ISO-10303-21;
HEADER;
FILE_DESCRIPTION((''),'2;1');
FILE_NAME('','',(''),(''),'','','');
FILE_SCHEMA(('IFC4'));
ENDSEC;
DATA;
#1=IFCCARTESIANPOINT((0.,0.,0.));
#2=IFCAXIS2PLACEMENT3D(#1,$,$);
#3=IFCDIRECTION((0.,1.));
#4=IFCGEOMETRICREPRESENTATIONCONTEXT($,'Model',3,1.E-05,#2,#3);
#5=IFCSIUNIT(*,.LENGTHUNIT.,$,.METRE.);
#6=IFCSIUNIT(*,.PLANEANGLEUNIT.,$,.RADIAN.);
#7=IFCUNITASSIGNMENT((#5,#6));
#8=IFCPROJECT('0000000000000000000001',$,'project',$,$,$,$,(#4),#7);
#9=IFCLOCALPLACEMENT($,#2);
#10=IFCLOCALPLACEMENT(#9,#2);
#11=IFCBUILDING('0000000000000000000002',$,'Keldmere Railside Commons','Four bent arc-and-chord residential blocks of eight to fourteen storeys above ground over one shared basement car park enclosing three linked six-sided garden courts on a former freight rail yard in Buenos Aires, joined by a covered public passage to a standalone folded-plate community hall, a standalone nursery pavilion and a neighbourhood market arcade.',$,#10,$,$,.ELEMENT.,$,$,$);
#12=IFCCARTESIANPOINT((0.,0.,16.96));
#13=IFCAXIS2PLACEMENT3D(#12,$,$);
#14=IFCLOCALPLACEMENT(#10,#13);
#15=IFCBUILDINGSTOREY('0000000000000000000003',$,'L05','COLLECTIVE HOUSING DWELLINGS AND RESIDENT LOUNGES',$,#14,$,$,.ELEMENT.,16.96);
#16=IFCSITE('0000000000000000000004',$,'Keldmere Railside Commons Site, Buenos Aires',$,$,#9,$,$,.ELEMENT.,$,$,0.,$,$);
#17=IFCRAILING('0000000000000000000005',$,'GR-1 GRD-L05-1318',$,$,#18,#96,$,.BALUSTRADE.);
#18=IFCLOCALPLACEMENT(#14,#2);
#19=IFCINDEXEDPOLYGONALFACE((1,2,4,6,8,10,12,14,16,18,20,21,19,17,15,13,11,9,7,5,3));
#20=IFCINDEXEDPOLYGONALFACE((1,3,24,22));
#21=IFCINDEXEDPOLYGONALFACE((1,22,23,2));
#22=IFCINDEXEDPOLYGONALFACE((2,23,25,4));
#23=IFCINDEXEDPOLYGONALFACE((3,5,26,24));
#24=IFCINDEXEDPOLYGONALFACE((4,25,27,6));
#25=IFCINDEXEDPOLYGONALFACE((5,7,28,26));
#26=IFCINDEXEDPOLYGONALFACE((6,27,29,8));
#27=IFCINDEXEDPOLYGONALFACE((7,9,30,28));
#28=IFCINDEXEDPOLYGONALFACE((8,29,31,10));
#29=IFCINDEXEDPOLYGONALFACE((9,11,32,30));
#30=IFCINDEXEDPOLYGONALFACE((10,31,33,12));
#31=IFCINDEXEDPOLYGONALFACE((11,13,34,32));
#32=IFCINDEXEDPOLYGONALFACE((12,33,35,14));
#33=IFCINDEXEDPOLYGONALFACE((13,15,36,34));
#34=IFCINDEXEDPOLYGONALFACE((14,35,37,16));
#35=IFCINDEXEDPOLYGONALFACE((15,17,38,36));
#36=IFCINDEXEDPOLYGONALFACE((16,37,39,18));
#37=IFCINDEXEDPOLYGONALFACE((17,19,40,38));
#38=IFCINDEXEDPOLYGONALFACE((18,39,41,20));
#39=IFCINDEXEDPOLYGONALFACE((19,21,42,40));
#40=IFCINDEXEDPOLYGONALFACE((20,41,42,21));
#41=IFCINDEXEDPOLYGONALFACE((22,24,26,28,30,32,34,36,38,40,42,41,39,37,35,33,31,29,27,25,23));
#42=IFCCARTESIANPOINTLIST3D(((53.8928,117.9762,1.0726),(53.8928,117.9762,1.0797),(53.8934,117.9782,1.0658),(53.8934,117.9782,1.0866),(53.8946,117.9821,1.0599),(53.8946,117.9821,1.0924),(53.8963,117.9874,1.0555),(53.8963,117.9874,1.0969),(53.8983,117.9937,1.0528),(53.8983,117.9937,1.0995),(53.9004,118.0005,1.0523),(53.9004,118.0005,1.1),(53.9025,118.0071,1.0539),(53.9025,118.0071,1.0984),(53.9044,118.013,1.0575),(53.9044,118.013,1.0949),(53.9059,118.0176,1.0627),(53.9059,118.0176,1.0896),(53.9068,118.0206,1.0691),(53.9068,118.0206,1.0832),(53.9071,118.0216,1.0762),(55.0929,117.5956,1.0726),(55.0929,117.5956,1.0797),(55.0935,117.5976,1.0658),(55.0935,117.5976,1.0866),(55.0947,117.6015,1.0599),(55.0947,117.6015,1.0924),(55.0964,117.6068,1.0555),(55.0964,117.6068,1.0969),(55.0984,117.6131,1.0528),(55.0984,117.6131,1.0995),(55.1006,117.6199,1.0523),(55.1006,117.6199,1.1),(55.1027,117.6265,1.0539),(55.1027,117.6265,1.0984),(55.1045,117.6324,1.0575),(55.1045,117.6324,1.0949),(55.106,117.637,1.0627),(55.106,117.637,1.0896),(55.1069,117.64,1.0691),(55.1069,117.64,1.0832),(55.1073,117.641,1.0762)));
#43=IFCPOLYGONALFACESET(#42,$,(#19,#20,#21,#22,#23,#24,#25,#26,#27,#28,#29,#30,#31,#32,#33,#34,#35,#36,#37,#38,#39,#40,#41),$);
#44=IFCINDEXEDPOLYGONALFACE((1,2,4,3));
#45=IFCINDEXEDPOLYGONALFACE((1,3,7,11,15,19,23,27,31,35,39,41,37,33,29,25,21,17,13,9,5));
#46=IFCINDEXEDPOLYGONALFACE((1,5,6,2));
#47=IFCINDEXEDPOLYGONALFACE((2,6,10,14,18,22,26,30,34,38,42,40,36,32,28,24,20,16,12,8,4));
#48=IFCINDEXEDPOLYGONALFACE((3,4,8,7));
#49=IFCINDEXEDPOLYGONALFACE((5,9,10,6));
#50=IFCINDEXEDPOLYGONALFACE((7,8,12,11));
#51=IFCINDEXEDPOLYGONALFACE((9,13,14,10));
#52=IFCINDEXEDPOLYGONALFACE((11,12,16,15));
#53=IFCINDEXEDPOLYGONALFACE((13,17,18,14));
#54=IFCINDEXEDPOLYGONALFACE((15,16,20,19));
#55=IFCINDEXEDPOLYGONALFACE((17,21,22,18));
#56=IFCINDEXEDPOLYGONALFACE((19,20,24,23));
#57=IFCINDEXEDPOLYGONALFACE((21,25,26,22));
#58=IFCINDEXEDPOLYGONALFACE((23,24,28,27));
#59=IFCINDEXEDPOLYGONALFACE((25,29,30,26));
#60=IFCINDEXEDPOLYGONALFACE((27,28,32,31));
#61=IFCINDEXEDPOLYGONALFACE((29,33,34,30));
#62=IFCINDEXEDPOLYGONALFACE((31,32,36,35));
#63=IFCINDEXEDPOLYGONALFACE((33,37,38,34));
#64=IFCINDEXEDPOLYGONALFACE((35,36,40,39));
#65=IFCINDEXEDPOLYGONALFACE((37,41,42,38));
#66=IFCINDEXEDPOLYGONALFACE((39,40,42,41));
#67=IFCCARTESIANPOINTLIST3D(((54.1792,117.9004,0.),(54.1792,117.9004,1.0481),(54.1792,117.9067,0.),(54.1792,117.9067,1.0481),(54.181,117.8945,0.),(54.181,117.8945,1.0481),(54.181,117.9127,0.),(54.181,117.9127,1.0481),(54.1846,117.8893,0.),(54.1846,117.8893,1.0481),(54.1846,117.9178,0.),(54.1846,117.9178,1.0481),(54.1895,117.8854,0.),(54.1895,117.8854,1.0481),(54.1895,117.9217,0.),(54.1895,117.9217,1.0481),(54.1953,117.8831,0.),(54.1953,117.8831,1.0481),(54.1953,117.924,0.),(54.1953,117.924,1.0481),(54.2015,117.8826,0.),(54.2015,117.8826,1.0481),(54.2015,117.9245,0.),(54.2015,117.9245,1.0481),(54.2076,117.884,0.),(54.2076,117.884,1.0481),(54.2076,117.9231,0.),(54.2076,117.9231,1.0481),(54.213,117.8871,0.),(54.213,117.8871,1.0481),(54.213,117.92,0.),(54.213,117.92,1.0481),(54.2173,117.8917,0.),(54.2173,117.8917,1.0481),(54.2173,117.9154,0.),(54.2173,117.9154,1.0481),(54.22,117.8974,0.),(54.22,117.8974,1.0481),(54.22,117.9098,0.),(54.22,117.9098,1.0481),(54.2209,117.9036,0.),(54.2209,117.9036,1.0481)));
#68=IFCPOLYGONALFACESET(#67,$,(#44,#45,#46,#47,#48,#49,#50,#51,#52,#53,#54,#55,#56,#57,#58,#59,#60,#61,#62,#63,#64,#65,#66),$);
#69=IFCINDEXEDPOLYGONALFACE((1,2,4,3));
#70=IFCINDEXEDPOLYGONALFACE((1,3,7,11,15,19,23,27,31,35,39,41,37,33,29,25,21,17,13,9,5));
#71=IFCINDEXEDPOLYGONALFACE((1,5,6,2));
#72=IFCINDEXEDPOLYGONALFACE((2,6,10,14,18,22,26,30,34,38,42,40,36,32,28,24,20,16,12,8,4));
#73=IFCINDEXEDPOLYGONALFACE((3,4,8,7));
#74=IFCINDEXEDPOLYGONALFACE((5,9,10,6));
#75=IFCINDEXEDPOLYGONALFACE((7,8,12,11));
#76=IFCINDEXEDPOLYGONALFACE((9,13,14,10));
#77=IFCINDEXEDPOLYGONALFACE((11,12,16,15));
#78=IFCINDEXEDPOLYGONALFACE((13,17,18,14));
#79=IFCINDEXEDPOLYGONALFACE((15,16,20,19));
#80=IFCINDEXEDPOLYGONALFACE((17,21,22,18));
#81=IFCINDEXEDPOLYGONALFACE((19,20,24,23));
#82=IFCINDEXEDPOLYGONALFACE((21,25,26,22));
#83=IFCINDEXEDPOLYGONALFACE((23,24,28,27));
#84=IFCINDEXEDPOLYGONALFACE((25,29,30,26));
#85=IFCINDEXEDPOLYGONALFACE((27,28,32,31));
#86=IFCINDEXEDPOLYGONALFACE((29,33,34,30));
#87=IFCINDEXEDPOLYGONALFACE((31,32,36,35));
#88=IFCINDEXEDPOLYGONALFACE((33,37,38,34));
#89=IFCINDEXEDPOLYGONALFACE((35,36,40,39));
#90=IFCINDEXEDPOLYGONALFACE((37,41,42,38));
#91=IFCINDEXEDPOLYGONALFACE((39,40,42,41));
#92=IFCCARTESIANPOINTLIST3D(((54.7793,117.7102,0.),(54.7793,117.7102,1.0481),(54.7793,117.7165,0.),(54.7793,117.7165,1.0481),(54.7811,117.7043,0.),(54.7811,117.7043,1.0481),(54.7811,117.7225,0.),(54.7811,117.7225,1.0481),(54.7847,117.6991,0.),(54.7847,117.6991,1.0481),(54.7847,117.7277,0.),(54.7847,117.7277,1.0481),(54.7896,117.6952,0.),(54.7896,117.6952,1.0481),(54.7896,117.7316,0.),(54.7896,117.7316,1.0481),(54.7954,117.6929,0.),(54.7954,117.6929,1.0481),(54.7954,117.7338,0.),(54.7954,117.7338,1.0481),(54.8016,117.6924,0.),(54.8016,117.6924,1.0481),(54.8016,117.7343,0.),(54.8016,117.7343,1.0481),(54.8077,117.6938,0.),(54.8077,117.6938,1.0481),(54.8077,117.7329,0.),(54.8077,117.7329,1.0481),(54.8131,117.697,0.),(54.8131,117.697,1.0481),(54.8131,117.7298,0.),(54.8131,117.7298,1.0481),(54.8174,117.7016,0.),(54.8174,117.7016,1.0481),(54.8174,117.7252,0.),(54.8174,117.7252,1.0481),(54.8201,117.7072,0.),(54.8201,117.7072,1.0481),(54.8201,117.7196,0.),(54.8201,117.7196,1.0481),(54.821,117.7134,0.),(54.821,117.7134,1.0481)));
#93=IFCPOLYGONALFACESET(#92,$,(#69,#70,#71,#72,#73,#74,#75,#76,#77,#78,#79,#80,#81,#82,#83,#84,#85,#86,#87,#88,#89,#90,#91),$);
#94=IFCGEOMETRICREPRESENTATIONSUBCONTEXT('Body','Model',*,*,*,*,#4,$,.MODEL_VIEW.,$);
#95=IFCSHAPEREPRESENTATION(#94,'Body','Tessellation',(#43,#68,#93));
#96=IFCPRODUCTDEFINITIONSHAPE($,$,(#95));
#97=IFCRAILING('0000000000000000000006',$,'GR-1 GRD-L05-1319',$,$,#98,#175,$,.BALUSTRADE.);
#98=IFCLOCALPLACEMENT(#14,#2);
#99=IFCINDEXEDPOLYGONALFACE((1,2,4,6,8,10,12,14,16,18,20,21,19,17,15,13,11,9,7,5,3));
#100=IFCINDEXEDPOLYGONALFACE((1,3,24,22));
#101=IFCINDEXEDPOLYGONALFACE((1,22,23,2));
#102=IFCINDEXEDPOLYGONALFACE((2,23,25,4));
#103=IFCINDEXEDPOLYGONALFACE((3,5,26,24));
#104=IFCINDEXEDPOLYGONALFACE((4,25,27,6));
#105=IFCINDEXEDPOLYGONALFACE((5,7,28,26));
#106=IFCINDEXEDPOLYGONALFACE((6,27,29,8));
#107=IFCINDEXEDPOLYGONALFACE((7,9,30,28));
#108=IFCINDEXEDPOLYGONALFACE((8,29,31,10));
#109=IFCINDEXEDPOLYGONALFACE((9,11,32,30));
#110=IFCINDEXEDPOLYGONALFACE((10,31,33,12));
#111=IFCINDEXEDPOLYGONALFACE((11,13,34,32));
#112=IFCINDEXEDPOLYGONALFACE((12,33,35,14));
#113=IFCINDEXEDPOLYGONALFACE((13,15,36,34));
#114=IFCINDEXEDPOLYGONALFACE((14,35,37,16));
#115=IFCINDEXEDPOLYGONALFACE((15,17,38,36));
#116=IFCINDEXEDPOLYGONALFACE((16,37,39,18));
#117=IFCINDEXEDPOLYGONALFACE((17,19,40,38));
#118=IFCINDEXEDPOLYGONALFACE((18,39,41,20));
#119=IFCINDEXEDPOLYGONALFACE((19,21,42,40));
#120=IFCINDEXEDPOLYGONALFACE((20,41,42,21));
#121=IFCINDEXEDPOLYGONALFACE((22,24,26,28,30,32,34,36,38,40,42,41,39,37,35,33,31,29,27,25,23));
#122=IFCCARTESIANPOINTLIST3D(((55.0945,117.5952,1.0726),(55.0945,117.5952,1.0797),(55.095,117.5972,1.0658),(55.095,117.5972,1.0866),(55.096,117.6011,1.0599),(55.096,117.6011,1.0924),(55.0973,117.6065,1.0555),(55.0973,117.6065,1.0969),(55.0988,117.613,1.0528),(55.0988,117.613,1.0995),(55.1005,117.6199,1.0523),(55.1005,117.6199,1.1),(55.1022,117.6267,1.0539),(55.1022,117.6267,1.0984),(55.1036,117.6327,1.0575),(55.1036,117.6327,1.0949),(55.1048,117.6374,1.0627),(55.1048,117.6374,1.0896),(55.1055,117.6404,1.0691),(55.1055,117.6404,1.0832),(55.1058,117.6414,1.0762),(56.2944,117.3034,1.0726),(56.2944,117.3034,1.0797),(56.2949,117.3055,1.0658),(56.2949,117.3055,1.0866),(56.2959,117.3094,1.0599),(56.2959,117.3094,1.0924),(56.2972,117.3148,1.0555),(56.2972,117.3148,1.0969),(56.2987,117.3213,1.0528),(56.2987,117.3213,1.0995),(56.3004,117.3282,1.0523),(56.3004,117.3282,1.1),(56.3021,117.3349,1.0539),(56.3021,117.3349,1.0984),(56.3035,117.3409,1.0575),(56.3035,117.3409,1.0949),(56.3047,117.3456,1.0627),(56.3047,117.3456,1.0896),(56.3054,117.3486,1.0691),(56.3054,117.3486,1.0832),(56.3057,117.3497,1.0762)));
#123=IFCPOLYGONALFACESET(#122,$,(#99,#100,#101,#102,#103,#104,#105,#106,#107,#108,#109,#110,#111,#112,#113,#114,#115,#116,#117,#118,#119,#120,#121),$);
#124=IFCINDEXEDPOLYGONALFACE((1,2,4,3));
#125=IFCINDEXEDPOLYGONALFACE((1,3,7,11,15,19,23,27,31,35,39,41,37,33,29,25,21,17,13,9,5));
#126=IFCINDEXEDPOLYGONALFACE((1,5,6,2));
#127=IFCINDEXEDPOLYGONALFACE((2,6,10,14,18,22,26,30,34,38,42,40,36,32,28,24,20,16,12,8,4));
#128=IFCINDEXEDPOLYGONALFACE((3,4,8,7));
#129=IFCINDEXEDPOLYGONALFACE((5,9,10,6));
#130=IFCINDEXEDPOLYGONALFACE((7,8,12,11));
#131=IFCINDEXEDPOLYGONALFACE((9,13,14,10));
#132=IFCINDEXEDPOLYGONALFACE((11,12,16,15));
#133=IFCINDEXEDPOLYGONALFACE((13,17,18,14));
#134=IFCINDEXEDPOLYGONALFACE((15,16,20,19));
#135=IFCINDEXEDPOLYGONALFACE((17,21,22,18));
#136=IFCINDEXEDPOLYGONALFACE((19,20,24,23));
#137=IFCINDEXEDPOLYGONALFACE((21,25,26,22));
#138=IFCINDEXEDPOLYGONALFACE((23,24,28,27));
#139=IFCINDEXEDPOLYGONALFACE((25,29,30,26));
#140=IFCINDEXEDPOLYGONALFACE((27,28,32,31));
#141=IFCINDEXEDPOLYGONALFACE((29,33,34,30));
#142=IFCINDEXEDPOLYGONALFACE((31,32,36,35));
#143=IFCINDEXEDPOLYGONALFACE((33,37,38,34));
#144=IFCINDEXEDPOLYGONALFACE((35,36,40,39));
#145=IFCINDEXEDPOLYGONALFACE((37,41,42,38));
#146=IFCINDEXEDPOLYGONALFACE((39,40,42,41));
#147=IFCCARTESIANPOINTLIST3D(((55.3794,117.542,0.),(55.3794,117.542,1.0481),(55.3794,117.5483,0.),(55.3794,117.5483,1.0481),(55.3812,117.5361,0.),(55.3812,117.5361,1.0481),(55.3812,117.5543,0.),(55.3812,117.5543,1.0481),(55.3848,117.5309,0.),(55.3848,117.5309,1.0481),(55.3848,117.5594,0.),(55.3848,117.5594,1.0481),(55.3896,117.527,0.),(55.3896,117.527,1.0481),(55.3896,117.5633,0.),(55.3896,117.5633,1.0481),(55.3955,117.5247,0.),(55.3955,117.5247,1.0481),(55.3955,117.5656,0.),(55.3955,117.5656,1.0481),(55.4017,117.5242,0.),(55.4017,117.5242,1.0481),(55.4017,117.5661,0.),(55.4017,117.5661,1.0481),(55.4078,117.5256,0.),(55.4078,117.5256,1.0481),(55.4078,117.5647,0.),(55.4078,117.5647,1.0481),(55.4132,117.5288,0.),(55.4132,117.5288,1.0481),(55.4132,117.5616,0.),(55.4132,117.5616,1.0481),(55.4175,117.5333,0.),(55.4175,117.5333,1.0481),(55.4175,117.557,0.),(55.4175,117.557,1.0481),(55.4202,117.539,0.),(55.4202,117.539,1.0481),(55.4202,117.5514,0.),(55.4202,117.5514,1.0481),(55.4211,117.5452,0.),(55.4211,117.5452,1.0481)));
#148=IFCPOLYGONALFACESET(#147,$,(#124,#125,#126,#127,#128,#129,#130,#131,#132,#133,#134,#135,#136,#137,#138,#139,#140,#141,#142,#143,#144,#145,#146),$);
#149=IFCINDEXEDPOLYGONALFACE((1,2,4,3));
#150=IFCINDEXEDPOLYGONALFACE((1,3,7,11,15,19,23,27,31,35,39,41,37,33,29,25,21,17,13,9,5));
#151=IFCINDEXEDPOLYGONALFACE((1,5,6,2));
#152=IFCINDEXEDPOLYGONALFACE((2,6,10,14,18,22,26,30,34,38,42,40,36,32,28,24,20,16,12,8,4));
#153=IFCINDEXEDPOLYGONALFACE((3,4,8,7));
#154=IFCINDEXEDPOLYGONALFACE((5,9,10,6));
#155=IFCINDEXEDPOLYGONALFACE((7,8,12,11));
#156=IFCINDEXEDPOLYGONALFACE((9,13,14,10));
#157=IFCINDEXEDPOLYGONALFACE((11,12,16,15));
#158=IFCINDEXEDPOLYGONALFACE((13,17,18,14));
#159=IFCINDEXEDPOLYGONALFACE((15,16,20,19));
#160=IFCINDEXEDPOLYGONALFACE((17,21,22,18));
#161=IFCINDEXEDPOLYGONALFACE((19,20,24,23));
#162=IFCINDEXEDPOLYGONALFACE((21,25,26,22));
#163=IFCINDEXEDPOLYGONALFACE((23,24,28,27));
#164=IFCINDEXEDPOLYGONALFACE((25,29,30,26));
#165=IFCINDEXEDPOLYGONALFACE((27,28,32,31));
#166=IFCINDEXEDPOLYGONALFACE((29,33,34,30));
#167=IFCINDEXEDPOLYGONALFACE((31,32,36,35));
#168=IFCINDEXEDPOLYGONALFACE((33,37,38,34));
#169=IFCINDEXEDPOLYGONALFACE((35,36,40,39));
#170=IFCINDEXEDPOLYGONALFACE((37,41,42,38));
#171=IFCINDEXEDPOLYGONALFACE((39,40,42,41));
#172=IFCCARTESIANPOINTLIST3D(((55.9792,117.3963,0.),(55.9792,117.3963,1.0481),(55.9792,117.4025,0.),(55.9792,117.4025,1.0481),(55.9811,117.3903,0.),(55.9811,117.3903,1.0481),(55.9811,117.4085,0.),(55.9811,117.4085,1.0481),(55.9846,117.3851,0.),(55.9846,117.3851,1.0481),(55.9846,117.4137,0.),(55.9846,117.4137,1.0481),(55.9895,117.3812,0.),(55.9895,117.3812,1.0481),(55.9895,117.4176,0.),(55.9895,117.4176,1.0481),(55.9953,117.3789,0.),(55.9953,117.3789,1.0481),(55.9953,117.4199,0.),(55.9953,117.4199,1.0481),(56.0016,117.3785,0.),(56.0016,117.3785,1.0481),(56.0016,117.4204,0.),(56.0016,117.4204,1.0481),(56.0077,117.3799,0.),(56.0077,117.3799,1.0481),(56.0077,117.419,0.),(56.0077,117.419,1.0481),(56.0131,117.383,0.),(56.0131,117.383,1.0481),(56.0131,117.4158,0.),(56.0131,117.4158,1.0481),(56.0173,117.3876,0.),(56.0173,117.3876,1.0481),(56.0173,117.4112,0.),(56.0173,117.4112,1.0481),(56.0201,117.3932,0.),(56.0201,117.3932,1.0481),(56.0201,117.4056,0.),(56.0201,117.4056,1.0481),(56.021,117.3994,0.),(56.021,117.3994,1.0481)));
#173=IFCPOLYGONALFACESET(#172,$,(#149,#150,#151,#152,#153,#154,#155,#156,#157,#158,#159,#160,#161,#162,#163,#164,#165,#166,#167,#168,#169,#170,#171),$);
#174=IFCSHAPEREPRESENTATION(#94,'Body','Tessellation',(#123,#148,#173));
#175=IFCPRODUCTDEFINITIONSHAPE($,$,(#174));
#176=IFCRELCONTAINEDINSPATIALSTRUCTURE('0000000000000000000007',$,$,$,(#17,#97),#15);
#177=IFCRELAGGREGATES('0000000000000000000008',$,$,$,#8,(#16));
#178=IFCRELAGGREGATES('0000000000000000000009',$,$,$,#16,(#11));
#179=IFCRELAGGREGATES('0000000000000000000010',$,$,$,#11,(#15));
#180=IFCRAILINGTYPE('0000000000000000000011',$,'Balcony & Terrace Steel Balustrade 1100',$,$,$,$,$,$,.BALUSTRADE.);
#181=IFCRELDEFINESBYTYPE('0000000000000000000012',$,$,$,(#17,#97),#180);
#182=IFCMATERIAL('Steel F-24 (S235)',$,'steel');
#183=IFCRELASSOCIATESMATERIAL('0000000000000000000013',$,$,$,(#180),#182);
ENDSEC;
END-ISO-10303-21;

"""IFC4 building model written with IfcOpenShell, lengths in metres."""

from ifc_helpers import new_model, si_unit, direction, frame, origin, origin_2d, place, context, subcontext, project, spatial, circle, extrude, material, type_object, element, save


model = new_model("IFC4")

# Units and contexts
model_context = context("Model", 3, precision=1e-05, world=origin(), true_north=direction((0.0, 1.0)))
body_context = subcontext(model_context, "Body", "Model", "MODEL_VIEW")
ifc_project = project(units=[si_unit("LENGTHUNIT", "METRE"), si_unit("PLANEANGLEUNIT", "RADIAN")], contexts=[model_context])

# Site, building, storey
site_placement = place(None, origin())
site = spatial("IfcSite", under=ifc_project, at=site_placement, Name="Keldmere Railside Commons Site, Buenos Aires", CompositionType="ELEMENT", RefElevation=0.0)
building_placement = place(site_placement, origin())
building = spatial("IfcBuilding", under=site, at=building_placement, Name="Keldmere Railside Commons", Description="Four bent arc-and-chord residential blocks of eight to fourteen storeys above ground over one shared basement car park enclosing three linked six-sided garden courts on a former freight rail yard in Buenos Aires, joined by a covered public passage to a standalone folded-plate community hall, a standalone nursery pavilion and a neighbourhood market arcade.", CompositionType="ELEMENT")
storey_placement = place(building_placement, frame((0.0, 0.0, 16.96)))
storey = spatial("IfcBuildingStorey", under=building, at=storey_placement, Name="L05", Description="COLLECTIVE HOUSING DWELLINGS AND RESIDENT LOUNGES", CompositionType="ELEMENT", Elevation=16.96)

# Shared definitions
ifc_material_1 = material(Name="Steel F-24 (S235)", Category="steel")

# Railings
railing_type = type_object("IfcRailingType", Name="Balcony & Terrace Steel Balustrade 1100", PredefinedType="BALUSTRADE", material=ifc_material_1)
railing_1_placement = place(storey_placement, frame((53.8999, 117.9988, 0.0)))
element("IfcRailing", 1, at=railing_1_placement, inside=storey, type_object=railing_type, Name="GR-1 GRD-L05-1318", PredefinedType="BALUSTRADE", context=body_context, shape_type="SweptSolid", body=[
    extrude(circle(Radius=0.0239, at=origin_2d()), frame((0.0, 0.0, 1.0762), z_axis=(0.953216, -0.302291, 0.0), x_axis=(0.302291, 0.953216, 0.0)), (0.0, 0.0, 1.0), 1.259),
    extrude(circle(Radius=0.021, at=origin_2d()), frame((0.3, -0.0952, 0.0)), (0.0, 0.0, 1.0), 1.0481),
    extrude(circle(Radius=0.021, at=origin_2d()), frame((0.9001, -0.2854, 0.0)), (0.0, 0.0, 1.0), 1.0481),
])
railing_2_placement = place(storey_placement, frame((55.1001, 117.6182, 0.0)))
element("IfcRailing", 2, at=railing_2_placement, inside=storey, type_object=railing_type, Name="GR-1 GRD-L05-1319", PredefinedType="BALUSTRADE", context=body_context, shape_type="SweptSolid", body=[
    extrude(circle(Radius=0.0239, at=origin_2d()), frame((0.0, 0.0, 1.0762), z_axis=(0.971692, -0.236251, 0.0), x_axis=(0.236251, 0.971692, 0.0)), (0.0, 0.0, 1.0), 1.2349),
    extrude(circle(Radius=0.021, at=origin_2d()), frame((0.3, -0.073, 0.0)), (0.0, 0.0, 1.0), 1.0481),
    extrude(circle(Radius=0.021, at=origin_2d()), frame((0.8999, -0.2188, 0.0)), (0.0, 0.0, 1.0), 1.0481),
])

save(model, "model.ifc")
